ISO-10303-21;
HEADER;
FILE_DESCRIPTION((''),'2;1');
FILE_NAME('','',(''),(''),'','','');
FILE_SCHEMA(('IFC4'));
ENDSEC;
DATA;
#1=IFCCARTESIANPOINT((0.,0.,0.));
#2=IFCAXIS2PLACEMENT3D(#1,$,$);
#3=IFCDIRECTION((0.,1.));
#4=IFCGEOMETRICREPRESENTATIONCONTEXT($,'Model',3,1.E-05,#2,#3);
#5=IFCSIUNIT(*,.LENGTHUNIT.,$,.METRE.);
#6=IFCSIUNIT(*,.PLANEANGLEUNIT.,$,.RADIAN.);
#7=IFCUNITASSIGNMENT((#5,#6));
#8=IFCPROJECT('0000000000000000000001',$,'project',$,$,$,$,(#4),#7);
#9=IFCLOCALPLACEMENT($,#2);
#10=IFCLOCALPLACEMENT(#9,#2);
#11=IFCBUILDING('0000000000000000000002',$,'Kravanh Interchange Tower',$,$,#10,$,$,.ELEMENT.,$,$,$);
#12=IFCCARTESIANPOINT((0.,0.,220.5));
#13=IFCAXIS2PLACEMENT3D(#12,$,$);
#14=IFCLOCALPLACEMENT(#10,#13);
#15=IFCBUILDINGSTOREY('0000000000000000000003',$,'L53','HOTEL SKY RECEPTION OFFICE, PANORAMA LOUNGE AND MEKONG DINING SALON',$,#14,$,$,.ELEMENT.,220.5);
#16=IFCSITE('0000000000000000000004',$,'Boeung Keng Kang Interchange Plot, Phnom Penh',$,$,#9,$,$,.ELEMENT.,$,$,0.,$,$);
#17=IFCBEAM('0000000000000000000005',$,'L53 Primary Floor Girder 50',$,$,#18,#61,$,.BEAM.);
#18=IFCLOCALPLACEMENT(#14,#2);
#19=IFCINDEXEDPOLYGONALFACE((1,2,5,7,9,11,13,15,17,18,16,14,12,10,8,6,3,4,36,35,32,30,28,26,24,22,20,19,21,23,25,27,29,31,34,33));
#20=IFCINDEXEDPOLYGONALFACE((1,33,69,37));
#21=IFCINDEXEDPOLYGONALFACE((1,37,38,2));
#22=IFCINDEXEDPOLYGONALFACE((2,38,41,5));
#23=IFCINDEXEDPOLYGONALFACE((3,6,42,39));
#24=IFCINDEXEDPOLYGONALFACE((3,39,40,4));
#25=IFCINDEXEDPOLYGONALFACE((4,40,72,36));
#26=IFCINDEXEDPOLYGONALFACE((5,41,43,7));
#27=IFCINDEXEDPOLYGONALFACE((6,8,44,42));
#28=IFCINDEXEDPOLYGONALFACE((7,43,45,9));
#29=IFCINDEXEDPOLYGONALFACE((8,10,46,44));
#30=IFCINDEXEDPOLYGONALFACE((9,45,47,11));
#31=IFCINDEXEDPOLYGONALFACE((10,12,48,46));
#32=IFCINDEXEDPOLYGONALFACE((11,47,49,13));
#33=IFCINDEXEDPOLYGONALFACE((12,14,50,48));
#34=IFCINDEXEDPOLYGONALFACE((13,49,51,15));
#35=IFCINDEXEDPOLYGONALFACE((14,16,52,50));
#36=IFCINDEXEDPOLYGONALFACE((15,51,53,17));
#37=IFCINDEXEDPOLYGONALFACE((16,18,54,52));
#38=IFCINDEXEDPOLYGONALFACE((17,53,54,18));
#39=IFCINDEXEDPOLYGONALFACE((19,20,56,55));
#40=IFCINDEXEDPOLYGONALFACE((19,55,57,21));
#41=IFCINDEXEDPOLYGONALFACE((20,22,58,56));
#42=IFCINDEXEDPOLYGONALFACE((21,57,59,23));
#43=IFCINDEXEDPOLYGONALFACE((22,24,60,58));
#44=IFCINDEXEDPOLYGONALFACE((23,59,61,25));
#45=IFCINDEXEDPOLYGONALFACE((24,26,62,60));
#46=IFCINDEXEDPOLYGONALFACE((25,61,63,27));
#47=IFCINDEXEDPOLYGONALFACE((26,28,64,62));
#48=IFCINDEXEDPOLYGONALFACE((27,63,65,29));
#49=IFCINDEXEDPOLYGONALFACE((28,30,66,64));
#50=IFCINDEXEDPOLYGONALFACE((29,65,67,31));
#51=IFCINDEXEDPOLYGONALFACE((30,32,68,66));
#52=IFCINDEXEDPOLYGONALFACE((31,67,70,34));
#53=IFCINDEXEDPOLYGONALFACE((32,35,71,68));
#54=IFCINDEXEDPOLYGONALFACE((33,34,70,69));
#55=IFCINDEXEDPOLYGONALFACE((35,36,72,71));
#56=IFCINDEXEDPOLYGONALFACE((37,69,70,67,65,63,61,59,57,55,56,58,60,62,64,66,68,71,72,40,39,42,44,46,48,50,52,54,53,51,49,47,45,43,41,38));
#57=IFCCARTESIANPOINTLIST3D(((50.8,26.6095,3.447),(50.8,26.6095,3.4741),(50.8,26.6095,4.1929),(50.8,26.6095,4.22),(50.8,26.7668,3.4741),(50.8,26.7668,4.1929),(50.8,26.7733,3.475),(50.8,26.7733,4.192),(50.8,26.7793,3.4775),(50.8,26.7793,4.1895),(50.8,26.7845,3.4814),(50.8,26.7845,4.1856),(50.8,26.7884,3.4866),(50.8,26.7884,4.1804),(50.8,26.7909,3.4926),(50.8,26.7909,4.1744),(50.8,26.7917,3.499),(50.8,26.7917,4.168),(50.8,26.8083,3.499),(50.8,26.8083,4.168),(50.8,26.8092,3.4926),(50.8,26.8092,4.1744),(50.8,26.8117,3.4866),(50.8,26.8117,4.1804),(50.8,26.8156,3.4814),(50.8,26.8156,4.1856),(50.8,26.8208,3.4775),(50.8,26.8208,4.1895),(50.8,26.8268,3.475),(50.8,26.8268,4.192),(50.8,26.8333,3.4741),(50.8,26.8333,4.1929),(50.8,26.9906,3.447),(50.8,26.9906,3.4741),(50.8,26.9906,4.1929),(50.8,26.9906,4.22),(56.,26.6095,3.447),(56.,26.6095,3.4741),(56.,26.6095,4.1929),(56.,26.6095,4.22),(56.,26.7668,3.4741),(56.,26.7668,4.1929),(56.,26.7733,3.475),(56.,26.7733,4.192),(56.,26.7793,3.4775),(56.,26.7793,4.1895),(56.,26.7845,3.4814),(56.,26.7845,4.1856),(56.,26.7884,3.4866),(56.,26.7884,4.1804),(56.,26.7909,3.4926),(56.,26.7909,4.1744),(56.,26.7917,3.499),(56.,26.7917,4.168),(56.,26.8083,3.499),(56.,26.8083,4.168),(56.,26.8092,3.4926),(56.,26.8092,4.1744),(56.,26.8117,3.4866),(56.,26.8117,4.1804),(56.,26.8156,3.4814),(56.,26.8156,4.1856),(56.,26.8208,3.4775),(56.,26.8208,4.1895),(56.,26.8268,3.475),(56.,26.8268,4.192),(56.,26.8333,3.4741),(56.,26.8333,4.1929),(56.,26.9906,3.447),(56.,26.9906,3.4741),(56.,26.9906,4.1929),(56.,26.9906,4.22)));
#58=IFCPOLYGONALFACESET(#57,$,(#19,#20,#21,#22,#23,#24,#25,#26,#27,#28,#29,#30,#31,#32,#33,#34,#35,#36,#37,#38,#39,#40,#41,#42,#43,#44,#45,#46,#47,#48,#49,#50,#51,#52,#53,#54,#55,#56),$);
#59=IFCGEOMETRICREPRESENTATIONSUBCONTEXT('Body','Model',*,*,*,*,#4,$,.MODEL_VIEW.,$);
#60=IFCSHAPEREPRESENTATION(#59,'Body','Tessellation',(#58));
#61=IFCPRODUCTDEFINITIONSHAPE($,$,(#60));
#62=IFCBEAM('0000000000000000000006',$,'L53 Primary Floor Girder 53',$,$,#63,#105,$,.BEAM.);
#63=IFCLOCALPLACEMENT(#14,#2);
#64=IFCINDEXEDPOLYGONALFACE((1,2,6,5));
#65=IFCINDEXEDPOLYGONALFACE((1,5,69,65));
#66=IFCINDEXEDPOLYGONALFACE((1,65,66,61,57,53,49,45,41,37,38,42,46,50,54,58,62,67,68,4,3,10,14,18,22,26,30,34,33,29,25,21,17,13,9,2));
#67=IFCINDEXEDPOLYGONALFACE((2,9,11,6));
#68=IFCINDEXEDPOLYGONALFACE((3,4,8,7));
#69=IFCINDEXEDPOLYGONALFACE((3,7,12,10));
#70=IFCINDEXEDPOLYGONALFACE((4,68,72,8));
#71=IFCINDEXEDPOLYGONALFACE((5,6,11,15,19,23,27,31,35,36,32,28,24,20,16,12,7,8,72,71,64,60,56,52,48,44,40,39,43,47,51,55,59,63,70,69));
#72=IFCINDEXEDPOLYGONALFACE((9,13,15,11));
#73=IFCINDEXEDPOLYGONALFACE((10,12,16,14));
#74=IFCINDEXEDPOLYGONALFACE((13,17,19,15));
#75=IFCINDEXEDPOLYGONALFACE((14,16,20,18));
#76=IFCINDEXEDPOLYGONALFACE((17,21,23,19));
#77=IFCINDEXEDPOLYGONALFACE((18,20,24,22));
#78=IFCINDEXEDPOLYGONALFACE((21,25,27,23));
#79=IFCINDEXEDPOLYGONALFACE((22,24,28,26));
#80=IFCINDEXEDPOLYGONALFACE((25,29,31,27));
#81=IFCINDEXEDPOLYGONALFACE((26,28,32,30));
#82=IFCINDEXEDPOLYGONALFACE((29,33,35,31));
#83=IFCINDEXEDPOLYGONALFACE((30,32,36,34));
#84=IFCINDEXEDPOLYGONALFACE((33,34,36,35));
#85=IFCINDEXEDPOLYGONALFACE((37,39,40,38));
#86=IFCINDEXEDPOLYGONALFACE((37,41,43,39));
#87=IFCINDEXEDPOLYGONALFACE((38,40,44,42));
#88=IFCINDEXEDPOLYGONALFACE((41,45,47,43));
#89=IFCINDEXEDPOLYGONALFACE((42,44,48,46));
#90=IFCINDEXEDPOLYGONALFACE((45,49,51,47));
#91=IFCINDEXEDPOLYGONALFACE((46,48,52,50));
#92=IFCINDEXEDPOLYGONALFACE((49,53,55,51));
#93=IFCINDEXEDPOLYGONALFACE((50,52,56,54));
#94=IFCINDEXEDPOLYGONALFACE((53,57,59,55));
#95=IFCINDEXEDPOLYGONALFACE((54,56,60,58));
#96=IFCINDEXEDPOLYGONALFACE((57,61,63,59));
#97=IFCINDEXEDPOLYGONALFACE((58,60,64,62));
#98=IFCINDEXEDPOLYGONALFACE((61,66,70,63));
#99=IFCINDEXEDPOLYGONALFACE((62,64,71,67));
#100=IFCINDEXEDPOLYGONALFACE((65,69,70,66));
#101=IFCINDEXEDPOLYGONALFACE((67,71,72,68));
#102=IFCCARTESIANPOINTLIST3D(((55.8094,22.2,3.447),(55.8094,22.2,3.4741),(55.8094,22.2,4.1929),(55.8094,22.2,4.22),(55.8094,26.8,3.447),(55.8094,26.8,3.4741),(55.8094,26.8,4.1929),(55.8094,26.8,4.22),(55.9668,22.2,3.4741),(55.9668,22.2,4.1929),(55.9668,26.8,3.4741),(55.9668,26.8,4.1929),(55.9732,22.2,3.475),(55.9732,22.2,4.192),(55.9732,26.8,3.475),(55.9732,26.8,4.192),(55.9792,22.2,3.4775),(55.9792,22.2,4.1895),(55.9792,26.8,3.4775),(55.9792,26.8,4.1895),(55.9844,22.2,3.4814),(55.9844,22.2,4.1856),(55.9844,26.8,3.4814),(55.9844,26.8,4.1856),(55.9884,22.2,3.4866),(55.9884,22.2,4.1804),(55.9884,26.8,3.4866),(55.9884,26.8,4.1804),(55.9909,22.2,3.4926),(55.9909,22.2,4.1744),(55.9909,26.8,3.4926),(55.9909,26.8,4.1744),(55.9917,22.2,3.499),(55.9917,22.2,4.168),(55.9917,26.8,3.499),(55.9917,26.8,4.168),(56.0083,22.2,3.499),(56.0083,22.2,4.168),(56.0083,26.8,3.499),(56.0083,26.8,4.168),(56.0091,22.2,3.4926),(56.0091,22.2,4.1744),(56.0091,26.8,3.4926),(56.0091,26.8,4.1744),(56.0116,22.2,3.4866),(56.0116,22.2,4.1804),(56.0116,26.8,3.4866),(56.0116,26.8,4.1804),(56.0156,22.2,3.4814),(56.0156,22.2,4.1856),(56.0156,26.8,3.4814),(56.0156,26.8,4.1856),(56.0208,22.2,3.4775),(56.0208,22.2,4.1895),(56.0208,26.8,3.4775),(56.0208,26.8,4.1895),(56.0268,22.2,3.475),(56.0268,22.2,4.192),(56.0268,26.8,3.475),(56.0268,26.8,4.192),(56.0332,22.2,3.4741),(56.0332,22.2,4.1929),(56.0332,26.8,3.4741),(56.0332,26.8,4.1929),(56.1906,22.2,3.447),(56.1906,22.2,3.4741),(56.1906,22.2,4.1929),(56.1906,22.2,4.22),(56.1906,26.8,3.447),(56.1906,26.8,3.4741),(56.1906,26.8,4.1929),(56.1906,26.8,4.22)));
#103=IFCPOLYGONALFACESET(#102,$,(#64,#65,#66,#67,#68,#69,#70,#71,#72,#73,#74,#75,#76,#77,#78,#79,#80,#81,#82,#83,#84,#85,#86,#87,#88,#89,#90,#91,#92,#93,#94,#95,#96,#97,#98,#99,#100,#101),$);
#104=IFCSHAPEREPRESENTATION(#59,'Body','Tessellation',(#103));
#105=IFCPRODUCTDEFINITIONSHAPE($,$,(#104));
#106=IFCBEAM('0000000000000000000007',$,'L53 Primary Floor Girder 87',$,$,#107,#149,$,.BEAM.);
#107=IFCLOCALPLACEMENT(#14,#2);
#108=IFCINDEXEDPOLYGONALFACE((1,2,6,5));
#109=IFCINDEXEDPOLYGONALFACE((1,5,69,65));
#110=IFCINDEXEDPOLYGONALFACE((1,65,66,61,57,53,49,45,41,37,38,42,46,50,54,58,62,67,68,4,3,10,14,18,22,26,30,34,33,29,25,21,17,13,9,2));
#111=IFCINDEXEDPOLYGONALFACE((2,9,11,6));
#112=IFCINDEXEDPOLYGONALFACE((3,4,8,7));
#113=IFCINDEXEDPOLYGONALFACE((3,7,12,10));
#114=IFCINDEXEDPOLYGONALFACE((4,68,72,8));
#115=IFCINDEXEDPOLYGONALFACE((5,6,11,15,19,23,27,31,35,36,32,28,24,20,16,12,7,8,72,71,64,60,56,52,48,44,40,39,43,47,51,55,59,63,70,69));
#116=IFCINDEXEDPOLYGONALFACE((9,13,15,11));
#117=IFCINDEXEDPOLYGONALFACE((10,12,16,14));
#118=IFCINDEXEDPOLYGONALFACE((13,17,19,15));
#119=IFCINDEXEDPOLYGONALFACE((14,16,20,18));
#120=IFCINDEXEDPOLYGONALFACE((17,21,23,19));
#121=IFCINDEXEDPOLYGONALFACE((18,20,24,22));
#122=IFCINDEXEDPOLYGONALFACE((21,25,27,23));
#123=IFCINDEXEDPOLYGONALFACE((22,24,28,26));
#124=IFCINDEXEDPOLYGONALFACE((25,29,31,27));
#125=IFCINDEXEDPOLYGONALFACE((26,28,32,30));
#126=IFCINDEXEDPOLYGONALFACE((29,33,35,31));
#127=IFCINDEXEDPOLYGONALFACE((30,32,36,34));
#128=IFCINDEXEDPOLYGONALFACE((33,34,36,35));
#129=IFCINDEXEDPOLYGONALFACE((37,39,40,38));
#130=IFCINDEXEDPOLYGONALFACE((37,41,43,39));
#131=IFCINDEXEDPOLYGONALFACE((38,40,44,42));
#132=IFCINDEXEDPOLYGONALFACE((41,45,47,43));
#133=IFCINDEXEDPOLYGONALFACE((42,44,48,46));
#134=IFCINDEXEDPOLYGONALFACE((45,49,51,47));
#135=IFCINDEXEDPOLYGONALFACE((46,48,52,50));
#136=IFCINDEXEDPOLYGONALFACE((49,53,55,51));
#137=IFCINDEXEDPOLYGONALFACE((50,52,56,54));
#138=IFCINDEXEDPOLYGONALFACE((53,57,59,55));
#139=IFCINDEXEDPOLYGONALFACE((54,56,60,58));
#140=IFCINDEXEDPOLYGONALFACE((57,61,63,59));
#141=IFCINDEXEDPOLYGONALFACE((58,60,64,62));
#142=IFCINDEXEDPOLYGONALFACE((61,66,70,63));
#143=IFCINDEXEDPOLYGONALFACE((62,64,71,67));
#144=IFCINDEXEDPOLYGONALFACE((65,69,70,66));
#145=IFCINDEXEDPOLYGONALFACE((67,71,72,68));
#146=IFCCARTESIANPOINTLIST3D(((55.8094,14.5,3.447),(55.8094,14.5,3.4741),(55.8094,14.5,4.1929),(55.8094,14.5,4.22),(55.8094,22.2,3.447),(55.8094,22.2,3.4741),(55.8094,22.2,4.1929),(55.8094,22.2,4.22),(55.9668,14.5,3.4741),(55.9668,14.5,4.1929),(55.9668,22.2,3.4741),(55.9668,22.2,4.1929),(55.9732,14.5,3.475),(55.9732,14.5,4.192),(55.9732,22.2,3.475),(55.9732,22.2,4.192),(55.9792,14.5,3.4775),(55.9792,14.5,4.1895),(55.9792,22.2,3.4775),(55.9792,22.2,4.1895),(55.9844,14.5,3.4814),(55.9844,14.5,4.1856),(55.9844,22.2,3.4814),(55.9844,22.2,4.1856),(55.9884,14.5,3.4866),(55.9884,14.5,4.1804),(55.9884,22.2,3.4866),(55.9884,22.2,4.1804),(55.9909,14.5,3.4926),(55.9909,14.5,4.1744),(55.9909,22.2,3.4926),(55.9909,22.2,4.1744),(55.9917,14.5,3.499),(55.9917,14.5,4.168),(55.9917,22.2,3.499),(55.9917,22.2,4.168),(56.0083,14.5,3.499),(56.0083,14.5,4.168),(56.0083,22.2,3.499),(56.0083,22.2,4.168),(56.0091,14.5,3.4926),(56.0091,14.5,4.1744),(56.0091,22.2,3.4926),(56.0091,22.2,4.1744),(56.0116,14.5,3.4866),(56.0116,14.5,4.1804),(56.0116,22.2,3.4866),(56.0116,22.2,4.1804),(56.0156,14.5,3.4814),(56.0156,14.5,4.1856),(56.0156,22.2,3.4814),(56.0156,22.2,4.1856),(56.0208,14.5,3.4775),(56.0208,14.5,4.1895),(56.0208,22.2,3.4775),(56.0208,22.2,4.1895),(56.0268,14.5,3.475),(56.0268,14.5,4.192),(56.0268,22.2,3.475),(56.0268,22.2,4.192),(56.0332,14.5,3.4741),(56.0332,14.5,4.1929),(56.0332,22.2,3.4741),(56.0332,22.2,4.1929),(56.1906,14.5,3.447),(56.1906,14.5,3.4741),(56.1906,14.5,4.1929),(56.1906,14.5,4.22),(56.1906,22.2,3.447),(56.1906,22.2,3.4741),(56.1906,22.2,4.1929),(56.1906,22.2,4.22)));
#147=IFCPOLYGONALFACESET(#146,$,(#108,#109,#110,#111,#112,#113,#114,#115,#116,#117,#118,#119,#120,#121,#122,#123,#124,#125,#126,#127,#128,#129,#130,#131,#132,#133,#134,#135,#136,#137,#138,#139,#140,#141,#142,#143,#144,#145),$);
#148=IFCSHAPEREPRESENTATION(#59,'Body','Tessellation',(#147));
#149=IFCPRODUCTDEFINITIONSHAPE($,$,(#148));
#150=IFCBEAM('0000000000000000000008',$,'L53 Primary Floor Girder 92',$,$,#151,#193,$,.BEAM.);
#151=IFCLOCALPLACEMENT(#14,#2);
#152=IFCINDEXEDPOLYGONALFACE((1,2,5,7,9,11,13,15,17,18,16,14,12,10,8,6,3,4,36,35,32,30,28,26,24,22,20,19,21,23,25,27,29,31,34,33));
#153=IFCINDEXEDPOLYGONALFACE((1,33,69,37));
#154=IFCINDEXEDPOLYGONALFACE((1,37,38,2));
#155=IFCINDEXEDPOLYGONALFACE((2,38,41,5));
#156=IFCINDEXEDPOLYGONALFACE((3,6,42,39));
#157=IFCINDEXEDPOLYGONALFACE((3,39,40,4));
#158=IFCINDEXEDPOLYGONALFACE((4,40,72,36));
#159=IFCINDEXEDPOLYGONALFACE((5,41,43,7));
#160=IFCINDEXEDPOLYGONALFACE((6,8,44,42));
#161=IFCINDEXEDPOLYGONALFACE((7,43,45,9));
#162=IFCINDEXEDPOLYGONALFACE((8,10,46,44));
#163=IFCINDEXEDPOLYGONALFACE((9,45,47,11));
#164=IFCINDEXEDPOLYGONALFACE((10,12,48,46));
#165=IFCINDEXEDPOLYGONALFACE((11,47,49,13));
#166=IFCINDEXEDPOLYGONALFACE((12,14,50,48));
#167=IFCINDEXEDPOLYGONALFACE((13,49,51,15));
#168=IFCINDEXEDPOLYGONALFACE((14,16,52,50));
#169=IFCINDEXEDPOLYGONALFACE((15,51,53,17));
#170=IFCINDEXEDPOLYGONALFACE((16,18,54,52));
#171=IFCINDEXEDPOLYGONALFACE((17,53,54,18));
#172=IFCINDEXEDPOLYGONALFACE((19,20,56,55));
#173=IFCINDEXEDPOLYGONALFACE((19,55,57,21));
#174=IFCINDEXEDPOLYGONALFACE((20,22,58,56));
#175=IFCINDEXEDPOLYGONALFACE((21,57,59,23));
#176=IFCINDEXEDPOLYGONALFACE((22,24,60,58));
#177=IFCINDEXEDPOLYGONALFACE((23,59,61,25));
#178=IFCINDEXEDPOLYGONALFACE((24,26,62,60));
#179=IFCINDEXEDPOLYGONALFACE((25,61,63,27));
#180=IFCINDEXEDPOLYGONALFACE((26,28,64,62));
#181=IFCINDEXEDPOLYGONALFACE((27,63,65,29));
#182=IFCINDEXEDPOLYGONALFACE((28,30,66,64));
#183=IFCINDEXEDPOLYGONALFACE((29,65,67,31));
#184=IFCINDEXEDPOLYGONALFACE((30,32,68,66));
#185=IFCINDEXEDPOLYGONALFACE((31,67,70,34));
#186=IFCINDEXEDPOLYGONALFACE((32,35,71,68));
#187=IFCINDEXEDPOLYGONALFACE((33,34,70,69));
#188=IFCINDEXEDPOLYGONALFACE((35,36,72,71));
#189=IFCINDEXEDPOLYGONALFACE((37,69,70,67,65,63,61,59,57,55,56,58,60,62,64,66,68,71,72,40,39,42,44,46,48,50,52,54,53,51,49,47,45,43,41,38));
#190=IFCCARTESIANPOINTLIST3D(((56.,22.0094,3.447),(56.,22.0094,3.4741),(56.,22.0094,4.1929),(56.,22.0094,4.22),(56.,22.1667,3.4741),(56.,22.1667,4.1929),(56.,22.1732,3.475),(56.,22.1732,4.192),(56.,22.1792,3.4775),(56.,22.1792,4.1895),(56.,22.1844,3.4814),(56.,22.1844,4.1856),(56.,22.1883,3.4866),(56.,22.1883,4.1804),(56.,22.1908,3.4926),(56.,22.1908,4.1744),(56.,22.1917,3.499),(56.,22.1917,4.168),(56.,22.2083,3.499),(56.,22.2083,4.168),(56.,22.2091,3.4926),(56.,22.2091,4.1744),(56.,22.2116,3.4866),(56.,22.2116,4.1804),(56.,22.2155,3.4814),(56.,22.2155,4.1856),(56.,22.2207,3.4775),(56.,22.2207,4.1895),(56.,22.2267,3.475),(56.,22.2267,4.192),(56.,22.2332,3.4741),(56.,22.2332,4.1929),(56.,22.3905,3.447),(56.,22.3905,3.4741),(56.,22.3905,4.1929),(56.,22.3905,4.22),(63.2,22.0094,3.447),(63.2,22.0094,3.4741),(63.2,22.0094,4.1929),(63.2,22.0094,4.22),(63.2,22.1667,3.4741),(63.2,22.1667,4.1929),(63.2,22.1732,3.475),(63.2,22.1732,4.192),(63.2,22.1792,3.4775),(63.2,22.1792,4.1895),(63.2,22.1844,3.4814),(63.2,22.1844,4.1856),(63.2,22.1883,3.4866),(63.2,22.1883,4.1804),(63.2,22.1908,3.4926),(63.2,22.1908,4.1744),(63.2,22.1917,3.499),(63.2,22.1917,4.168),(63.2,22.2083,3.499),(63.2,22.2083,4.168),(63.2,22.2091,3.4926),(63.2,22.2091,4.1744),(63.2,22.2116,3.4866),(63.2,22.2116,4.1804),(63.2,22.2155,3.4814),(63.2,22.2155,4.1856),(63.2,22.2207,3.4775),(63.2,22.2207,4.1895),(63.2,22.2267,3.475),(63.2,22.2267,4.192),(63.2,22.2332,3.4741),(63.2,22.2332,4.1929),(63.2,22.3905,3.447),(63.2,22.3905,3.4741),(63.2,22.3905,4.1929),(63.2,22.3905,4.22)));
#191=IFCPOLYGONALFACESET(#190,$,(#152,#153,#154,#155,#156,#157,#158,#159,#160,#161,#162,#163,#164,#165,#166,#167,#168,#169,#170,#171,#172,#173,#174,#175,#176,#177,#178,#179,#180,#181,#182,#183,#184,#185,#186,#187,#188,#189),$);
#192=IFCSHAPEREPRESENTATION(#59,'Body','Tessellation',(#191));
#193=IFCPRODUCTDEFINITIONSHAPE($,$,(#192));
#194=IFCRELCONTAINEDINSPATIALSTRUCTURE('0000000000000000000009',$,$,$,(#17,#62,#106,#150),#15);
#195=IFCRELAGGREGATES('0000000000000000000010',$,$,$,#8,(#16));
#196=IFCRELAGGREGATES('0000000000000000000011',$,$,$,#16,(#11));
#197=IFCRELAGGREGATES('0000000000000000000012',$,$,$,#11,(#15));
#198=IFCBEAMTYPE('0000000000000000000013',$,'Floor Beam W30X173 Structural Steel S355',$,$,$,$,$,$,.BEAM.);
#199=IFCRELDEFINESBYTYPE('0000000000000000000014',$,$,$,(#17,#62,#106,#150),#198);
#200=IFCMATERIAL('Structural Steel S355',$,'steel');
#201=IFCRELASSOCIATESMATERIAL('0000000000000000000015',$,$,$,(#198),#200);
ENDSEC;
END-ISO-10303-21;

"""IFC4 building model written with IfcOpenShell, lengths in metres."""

from ifc_helpers import new_model, si_unit, direction, frame, origin, origin_2d, place, context, subcontext, project, spatial, i_section, extrude, material, material_profile, profile_set, type_object, element, save


model = new_model("IFC4")

# Units and contexts
model_context = context("Model", 3, precision=1e-05, world=origin(), true_north=direction((0.0, 1.0)))
body_context = subcontext(model_context, "Body", "Model", "MODEL_VIEW")
ifc_project = project(units=[si_unit("LENGTHUNIT", "METRE"), si_unit("PLANEANGLEUNIT", "RADIAN")], contexts=[model_context])

# Site, building, storey
site_placement = place(None, origin())
site = spatial("IfcSite", under=ifc_project, at=site_placement, Name="Boeung Keng Kang Interchange Plot, Phnom Penh", CompositionType="ELEMENT", RefElevation=0.0)
building_placement = place(site_placement, origin())
building = spatial("IfcBuilding", under=site, at=building_placement, Name="Kravanh Interchange Tower", CompositionType="ELEMENT")
storey_placement = place(building_placement, frame((0.0, 0.0, 220.5)))
storey = spatial("IfcBuildingStorey", under=building, at=storey_placement, Name="L53", Description="HOTEL SKY RECEPTION OFFICE, PANORAMA LOUNGE AND MEKONG DINING SALON", CompositionType="ELEMENT", Elevation=220.5)

# Beams
ifc_material_1 = material(Name="Structural Steel S355", Category="steel")
ifc_material_profile_1 = material_profile(ifc_material_1, i_section(OverallWidth=0.3811, OverallDepth=0.7729, WebThickness=0.0166, FlangeThickness=0.0271, FilletRadius=0.0249, at=origin_2d()), Name="W30X173")
ifc_profile_set_1 = profile_set([ifc_material_profile_1], Name="Structural Steel S355")
beam_type_1 = type_object("IfcBeamType", Name="Floor Beam W30X173 Structural Steel S355", PredefinedType="BEAM", material=ifc_profile_set_1)
beam_1_placement = place(storey_placement, frame((50.8, 26.8, 3.8335), z_axis=(1.0, 0.0, 0.0), x_axis=(0.0, 1.0, 0.0)))
element("IfcBeam", 1, at=beam_1_placement, inside=storey, type_object=beam_type_1, Name="L53 Primary Floor Girder 50", PredefinedType="BEAM", context=body_context, shape_type="SweptSolid", body=[
    extrude(i_section(OverallWidth=0.3811, OverallDepth=0.7729, WebThickness=0.0166, FlangeThickness=0.0271, FilletRadius=0.0249, at=origin_2d()), origin(), (0.0, 0.0, 1.0), 5.2),
])
beam_2_placement = place(storey_placement, frame((56.0, 26.8, 3.8335), z_axis=(0.0, -1.0, 0.0), x_axis=(1.0, 0.0, 0.0)))
element("IfcBeam", 2, at=beam_2_placement, inside=storey, type_object=beam_type_1, Name="L53 Primary Floor Girder 53", PredefinedType="BEAM", context=body_context, shape_type="SweptSolid", body=[
    extrude(i_section(OverallWidth=0.3811, OverallDepth=0.7729, WebThickness=0.0166, FlangeThickness=0.0271, FilletRadius=0.0249, at=origin_2d()), origin(), (0.0, 0.0, 1.0), 4.6001),
])
beam_3_placement = place(storey_placement, frame((56.0, 14.5, 3.8335), z_axis=(0.0, 1.0, 0.0), x_axis=(-1.0, 0.0, 0.0)))
element("IfcBeam", 3, at=beam_3_placement, inside=storey, type_object=beam_type_1, Name="L53 Primary Floor Girder 87", PredefinedType="BEAM", context=body_context, shape_type="SweptSolid", body=[
    extrude(i_section(OverallWidth=0.3811, OverallDepth=0.7729, WebThickness=0.0166, FlangeThickness=0.0271, FilletRadius=0.0249, at=origin_2d()), origin(), (0.0, 0.0, 1.0), 7.7),
])
beam_4_placement = place(storey_placement, frame((56.0, 22.2, 3.8335), z_axis=(1.0, 0.0, 0.0), x_axis=(0.0, 1.0, 0.0)))
element("IfcBeam", 4, at=beam_4_placement, inside=storey, type_object=beam_type_1, Name="L53 Primary Floor Girder 92", PredefinedType="BEAM", context=body_context, shape_type="SweptSolid", body=[
    extrude(i_section(OverallWidth=0.3811, OverallDepth=0.7729, WebThickness=0.0166, FlangeThickness=0.0271, FilletRadius=0.0249, at=origin_2d()), origin(), (0.0, 0.0, 1.0), 7.2),
])

save(model, "model.ifc")
